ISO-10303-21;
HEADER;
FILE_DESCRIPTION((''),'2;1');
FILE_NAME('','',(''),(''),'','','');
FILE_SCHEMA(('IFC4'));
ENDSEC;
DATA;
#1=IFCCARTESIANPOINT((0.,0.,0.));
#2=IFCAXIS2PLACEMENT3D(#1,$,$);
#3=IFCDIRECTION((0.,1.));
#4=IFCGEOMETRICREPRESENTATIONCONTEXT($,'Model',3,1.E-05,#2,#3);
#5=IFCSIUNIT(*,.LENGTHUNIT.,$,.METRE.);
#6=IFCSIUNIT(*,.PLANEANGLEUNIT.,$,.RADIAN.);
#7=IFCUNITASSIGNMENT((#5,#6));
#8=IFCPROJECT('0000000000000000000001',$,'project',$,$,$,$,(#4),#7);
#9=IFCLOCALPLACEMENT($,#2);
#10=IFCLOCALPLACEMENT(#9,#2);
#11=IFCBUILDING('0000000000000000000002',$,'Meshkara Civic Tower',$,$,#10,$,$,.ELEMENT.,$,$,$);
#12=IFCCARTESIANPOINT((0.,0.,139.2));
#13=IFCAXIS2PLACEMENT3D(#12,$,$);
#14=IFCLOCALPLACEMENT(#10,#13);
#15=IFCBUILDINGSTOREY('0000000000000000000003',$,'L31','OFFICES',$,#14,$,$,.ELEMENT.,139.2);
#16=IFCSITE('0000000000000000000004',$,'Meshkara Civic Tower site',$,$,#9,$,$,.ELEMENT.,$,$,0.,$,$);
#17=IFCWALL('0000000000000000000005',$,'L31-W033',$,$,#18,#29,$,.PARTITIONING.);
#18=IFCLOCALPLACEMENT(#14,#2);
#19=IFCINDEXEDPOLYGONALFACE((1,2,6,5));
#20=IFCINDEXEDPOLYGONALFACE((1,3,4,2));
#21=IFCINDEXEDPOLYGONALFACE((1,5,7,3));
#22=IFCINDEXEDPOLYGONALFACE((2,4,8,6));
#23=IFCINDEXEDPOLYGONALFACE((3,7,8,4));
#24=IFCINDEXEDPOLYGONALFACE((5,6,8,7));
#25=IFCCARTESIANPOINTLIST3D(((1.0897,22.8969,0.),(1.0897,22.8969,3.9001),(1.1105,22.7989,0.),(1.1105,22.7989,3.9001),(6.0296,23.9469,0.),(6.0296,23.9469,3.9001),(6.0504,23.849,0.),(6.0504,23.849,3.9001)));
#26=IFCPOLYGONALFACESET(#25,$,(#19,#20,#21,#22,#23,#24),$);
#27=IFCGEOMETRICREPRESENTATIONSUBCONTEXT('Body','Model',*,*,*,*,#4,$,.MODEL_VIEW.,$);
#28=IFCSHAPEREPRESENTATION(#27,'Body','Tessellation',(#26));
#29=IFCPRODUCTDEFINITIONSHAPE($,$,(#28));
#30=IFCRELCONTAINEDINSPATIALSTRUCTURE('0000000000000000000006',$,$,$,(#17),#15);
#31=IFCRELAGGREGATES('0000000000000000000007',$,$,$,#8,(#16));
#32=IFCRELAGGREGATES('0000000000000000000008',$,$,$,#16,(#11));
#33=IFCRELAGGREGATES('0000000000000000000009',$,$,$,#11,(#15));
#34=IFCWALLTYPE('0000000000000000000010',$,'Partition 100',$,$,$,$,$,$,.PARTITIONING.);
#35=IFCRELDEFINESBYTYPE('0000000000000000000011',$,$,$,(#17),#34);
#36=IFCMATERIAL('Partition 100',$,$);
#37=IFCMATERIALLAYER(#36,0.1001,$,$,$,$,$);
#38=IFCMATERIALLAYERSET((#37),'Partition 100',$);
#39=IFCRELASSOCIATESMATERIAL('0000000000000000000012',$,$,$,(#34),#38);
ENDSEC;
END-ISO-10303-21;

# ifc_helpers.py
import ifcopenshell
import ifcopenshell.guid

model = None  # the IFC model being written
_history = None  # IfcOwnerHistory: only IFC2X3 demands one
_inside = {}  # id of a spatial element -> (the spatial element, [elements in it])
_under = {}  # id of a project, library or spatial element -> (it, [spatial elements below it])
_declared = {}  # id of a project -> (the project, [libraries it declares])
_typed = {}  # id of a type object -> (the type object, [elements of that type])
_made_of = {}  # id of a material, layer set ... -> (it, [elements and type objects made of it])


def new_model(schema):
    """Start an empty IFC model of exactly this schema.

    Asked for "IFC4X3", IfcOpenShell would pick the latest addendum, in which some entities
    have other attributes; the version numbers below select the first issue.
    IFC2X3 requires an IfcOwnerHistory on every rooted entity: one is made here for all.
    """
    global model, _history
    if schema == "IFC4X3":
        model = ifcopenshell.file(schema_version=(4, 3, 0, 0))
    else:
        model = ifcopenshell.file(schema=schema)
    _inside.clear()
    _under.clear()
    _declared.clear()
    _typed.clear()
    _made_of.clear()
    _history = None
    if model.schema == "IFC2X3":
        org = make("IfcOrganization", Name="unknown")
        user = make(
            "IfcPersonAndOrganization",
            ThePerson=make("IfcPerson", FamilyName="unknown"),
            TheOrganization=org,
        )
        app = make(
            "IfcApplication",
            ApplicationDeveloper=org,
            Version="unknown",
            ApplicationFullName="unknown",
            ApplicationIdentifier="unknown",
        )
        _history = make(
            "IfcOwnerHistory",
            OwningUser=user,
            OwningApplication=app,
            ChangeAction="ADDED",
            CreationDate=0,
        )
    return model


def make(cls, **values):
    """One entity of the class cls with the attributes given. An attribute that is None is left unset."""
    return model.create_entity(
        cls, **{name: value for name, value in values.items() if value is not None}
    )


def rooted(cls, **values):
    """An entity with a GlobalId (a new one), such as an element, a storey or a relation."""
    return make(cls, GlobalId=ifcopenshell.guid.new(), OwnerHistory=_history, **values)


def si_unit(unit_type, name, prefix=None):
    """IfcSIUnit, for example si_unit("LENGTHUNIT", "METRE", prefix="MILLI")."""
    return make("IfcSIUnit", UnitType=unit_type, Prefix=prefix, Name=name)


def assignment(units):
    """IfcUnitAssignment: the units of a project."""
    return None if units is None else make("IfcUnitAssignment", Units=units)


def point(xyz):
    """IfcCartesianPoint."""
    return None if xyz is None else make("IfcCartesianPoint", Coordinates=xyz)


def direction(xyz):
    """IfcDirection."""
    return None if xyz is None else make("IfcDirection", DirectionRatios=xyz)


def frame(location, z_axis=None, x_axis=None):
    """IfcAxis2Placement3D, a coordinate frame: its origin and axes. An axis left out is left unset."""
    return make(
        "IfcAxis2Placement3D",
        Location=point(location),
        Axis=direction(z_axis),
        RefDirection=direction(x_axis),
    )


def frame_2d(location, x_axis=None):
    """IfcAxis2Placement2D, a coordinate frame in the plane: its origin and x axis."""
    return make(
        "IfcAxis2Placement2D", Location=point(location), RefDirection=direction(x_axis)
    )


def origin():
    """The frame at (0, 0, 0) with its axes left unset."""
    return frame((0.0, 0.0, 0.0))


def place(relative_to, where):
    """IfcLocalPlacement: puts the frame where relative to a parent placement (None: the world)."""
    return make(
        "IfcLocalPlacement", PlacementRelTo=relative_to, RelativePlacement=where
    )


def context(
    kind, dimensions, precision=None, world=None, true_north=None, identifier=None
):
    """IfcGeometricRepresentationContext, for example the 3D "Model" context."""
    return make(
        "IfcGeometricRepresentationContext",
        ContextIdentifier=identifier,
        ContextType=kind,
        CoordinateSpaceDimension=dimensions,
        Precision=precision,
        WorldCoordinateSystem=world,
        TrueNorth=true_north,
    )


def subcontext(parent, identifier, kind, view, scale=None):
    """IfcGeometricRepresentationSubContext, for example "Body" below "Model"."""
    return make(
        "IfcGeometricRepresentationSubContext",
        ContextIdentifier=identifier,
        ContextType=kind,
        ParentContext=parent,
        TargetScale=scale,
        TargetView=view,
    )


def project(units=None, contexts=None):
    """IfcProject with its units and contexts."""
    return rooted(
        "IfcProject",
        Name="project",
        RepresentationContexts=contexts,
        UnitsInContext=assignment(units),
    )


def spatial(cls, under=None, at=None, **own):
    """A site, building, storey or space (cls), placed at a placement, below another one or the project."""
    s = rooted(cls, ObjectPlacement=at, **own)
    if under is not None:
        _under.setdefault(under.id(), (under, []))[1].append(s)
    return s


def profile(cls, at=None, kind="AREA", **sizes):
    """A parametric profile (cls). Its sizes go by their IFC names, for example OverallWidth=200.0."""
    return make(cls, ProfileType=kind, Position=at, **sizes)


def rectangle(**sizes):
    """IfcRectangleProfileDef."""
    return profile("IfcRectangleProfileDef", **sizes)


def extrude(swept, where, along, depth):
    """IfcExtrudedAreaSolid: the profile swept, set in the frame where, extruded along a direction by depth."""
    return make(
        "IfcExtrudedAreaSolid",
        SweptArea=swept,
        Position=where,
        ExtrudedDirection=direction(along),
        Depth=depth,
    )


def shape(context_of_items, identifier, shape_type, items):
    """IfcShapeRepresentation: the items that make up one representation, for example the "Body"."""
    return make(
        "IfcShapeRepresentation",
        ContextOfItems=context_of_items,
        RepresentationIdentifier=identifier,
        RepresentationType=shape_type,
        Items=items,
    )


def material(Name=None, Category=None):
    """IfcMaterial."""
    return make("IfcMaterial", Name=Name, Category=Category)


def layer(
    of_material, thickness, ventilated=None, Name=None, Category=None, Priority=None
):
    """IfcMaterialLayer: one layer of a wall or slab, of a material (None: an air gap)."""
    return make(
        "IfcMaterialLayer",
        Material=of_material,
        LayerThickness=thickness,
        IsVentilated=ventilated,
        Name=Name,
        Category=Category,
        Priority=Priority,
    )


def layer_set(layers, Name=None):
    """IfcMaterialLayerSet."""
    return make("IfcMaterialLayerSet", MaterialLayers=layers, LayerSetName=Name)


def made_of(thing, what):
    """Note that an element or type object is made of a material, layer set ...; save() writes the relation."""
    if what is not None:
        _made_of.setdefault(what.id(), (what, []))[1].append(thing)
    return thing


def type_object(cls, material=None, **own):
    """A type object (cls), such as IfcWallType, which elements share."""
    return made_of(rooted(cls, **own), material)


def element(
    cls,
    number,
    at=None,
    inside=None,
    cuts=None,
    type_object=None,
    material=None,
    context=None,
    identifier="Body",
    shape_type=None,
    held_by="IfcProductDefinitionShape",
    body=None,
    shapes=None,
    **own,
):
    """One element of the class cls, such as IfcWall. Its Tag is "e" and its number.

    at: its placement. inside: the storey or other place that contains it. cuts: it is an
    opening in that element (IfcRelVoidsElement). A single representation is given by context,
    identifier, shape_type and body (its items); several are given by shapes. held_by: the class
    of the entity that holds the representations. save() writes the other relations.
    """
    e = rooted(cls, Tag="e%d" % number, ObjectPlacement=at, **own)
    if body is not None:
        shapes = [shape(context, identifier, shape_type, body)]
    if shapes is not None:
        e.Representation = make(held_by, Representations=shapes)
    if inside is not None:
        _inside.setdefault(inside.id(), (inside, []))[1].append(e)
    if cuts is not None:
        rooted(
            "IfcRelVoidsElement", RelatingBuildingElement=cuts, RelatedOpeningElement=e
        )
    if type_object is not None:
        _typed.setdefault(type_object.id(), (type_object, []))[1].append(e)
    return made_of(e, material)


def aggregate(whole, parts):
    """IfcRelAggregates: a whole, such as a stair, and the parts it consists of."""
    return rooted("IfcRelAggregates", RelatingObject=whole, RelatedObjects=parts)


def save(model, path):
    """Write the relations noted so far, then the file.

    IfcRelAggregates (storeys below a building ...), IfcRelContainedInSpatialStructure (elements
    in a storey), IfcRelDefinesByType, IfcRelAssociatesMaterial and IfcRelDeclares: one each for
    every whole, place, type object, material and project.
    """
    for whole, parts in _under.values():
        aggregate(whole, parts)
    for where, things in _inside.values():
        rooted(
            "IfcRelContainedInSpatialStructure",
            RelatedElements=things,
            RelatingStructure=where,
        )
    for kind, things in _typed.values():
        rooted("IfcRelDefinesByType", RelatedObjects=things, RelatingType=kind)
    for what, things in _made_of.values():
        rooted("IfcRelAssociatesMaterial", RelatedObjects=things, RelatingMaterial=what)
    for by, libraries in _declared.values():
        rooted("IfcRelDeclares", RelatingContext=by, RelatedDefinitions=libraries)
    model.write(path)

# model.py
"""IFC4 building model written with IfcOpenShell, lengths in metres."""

from ifc_helpers import new_model, si_unit, direction, frame, frame_2d, origin, place, context, subcontext, project, spatial, rectangle, extrude, material, layer, layer_set, type_object, element, save


model = new_model("IFC4")

# Units and contexts
model_context = context("Model", 3, precision=1e-05, world=origin(), true_north=direction((0.0, 1.0)))
body_context = subcontext(model_context, "Body", "Model", "MODEL_VIEW")
ifc_project = project(units=[si_unit("LENGTHUNIT", "METRE"), si_unit("PLANEANGLEUNIT", "RADIAN")], contexts=[model_context])

# Site, building, storey
site_placement = place(None, origin())
site = spatial("IfcSite", under=ifc_project, at=site_placement, Name="Meshkara Civic Tower site", CompositionType="ELEMENT", RefElevation=0.0)
building_placement = place(site_placement, origin())
building = spatial("IfcBuilding", under=site, at=building_placement, Name="Meshkara Civic Tower", CompositionType="ELEMENT")
storey_placement = place(building_placement, frame((0.0, 0.0, 139.2)))
storey = spatial("IfcBuildingStorey", under=building, at=storey_placement, Name="L31", Description="OFFICES", CompositionType="ELEMENT", Elevation=139.2)

# Wall
ifc_material_1 = material(Name="Partition 100")
ifc_layer_1 = layer(ifc_material_1, 0.1001)
ifc_layer_set_1 = layer_set([ifc_layer_1], Name="Partition 100")
wall_type_1 = type_object("IfcWallType", Name="Partition 100", PredefinedType="PARTITIONING", material=ifc_layer_set_1)
wall_1_placement = place(storey_placement, frame((6.04, 23.8979, 0.0), z_axis=(0.0, 0.0, 1.0), x_axis=(-0.978146, -0.207918, 0.0)))
element("IfcWall", 1, at=wall_1_placement, inside=storey, type_object=wall_type_1, Name="L31-W033", PredefinedType="PARTITIONING", context=body_context, shape_type="SweptSolid", body=[
    extrude(rectangle(XDim=5.0503, YDim=0.1001, at=frame_2d((2.5251, 0.0))), origin(), (0.0, 0.0, 1.0), 3.9001),
])

save(model, "model.ifc")
